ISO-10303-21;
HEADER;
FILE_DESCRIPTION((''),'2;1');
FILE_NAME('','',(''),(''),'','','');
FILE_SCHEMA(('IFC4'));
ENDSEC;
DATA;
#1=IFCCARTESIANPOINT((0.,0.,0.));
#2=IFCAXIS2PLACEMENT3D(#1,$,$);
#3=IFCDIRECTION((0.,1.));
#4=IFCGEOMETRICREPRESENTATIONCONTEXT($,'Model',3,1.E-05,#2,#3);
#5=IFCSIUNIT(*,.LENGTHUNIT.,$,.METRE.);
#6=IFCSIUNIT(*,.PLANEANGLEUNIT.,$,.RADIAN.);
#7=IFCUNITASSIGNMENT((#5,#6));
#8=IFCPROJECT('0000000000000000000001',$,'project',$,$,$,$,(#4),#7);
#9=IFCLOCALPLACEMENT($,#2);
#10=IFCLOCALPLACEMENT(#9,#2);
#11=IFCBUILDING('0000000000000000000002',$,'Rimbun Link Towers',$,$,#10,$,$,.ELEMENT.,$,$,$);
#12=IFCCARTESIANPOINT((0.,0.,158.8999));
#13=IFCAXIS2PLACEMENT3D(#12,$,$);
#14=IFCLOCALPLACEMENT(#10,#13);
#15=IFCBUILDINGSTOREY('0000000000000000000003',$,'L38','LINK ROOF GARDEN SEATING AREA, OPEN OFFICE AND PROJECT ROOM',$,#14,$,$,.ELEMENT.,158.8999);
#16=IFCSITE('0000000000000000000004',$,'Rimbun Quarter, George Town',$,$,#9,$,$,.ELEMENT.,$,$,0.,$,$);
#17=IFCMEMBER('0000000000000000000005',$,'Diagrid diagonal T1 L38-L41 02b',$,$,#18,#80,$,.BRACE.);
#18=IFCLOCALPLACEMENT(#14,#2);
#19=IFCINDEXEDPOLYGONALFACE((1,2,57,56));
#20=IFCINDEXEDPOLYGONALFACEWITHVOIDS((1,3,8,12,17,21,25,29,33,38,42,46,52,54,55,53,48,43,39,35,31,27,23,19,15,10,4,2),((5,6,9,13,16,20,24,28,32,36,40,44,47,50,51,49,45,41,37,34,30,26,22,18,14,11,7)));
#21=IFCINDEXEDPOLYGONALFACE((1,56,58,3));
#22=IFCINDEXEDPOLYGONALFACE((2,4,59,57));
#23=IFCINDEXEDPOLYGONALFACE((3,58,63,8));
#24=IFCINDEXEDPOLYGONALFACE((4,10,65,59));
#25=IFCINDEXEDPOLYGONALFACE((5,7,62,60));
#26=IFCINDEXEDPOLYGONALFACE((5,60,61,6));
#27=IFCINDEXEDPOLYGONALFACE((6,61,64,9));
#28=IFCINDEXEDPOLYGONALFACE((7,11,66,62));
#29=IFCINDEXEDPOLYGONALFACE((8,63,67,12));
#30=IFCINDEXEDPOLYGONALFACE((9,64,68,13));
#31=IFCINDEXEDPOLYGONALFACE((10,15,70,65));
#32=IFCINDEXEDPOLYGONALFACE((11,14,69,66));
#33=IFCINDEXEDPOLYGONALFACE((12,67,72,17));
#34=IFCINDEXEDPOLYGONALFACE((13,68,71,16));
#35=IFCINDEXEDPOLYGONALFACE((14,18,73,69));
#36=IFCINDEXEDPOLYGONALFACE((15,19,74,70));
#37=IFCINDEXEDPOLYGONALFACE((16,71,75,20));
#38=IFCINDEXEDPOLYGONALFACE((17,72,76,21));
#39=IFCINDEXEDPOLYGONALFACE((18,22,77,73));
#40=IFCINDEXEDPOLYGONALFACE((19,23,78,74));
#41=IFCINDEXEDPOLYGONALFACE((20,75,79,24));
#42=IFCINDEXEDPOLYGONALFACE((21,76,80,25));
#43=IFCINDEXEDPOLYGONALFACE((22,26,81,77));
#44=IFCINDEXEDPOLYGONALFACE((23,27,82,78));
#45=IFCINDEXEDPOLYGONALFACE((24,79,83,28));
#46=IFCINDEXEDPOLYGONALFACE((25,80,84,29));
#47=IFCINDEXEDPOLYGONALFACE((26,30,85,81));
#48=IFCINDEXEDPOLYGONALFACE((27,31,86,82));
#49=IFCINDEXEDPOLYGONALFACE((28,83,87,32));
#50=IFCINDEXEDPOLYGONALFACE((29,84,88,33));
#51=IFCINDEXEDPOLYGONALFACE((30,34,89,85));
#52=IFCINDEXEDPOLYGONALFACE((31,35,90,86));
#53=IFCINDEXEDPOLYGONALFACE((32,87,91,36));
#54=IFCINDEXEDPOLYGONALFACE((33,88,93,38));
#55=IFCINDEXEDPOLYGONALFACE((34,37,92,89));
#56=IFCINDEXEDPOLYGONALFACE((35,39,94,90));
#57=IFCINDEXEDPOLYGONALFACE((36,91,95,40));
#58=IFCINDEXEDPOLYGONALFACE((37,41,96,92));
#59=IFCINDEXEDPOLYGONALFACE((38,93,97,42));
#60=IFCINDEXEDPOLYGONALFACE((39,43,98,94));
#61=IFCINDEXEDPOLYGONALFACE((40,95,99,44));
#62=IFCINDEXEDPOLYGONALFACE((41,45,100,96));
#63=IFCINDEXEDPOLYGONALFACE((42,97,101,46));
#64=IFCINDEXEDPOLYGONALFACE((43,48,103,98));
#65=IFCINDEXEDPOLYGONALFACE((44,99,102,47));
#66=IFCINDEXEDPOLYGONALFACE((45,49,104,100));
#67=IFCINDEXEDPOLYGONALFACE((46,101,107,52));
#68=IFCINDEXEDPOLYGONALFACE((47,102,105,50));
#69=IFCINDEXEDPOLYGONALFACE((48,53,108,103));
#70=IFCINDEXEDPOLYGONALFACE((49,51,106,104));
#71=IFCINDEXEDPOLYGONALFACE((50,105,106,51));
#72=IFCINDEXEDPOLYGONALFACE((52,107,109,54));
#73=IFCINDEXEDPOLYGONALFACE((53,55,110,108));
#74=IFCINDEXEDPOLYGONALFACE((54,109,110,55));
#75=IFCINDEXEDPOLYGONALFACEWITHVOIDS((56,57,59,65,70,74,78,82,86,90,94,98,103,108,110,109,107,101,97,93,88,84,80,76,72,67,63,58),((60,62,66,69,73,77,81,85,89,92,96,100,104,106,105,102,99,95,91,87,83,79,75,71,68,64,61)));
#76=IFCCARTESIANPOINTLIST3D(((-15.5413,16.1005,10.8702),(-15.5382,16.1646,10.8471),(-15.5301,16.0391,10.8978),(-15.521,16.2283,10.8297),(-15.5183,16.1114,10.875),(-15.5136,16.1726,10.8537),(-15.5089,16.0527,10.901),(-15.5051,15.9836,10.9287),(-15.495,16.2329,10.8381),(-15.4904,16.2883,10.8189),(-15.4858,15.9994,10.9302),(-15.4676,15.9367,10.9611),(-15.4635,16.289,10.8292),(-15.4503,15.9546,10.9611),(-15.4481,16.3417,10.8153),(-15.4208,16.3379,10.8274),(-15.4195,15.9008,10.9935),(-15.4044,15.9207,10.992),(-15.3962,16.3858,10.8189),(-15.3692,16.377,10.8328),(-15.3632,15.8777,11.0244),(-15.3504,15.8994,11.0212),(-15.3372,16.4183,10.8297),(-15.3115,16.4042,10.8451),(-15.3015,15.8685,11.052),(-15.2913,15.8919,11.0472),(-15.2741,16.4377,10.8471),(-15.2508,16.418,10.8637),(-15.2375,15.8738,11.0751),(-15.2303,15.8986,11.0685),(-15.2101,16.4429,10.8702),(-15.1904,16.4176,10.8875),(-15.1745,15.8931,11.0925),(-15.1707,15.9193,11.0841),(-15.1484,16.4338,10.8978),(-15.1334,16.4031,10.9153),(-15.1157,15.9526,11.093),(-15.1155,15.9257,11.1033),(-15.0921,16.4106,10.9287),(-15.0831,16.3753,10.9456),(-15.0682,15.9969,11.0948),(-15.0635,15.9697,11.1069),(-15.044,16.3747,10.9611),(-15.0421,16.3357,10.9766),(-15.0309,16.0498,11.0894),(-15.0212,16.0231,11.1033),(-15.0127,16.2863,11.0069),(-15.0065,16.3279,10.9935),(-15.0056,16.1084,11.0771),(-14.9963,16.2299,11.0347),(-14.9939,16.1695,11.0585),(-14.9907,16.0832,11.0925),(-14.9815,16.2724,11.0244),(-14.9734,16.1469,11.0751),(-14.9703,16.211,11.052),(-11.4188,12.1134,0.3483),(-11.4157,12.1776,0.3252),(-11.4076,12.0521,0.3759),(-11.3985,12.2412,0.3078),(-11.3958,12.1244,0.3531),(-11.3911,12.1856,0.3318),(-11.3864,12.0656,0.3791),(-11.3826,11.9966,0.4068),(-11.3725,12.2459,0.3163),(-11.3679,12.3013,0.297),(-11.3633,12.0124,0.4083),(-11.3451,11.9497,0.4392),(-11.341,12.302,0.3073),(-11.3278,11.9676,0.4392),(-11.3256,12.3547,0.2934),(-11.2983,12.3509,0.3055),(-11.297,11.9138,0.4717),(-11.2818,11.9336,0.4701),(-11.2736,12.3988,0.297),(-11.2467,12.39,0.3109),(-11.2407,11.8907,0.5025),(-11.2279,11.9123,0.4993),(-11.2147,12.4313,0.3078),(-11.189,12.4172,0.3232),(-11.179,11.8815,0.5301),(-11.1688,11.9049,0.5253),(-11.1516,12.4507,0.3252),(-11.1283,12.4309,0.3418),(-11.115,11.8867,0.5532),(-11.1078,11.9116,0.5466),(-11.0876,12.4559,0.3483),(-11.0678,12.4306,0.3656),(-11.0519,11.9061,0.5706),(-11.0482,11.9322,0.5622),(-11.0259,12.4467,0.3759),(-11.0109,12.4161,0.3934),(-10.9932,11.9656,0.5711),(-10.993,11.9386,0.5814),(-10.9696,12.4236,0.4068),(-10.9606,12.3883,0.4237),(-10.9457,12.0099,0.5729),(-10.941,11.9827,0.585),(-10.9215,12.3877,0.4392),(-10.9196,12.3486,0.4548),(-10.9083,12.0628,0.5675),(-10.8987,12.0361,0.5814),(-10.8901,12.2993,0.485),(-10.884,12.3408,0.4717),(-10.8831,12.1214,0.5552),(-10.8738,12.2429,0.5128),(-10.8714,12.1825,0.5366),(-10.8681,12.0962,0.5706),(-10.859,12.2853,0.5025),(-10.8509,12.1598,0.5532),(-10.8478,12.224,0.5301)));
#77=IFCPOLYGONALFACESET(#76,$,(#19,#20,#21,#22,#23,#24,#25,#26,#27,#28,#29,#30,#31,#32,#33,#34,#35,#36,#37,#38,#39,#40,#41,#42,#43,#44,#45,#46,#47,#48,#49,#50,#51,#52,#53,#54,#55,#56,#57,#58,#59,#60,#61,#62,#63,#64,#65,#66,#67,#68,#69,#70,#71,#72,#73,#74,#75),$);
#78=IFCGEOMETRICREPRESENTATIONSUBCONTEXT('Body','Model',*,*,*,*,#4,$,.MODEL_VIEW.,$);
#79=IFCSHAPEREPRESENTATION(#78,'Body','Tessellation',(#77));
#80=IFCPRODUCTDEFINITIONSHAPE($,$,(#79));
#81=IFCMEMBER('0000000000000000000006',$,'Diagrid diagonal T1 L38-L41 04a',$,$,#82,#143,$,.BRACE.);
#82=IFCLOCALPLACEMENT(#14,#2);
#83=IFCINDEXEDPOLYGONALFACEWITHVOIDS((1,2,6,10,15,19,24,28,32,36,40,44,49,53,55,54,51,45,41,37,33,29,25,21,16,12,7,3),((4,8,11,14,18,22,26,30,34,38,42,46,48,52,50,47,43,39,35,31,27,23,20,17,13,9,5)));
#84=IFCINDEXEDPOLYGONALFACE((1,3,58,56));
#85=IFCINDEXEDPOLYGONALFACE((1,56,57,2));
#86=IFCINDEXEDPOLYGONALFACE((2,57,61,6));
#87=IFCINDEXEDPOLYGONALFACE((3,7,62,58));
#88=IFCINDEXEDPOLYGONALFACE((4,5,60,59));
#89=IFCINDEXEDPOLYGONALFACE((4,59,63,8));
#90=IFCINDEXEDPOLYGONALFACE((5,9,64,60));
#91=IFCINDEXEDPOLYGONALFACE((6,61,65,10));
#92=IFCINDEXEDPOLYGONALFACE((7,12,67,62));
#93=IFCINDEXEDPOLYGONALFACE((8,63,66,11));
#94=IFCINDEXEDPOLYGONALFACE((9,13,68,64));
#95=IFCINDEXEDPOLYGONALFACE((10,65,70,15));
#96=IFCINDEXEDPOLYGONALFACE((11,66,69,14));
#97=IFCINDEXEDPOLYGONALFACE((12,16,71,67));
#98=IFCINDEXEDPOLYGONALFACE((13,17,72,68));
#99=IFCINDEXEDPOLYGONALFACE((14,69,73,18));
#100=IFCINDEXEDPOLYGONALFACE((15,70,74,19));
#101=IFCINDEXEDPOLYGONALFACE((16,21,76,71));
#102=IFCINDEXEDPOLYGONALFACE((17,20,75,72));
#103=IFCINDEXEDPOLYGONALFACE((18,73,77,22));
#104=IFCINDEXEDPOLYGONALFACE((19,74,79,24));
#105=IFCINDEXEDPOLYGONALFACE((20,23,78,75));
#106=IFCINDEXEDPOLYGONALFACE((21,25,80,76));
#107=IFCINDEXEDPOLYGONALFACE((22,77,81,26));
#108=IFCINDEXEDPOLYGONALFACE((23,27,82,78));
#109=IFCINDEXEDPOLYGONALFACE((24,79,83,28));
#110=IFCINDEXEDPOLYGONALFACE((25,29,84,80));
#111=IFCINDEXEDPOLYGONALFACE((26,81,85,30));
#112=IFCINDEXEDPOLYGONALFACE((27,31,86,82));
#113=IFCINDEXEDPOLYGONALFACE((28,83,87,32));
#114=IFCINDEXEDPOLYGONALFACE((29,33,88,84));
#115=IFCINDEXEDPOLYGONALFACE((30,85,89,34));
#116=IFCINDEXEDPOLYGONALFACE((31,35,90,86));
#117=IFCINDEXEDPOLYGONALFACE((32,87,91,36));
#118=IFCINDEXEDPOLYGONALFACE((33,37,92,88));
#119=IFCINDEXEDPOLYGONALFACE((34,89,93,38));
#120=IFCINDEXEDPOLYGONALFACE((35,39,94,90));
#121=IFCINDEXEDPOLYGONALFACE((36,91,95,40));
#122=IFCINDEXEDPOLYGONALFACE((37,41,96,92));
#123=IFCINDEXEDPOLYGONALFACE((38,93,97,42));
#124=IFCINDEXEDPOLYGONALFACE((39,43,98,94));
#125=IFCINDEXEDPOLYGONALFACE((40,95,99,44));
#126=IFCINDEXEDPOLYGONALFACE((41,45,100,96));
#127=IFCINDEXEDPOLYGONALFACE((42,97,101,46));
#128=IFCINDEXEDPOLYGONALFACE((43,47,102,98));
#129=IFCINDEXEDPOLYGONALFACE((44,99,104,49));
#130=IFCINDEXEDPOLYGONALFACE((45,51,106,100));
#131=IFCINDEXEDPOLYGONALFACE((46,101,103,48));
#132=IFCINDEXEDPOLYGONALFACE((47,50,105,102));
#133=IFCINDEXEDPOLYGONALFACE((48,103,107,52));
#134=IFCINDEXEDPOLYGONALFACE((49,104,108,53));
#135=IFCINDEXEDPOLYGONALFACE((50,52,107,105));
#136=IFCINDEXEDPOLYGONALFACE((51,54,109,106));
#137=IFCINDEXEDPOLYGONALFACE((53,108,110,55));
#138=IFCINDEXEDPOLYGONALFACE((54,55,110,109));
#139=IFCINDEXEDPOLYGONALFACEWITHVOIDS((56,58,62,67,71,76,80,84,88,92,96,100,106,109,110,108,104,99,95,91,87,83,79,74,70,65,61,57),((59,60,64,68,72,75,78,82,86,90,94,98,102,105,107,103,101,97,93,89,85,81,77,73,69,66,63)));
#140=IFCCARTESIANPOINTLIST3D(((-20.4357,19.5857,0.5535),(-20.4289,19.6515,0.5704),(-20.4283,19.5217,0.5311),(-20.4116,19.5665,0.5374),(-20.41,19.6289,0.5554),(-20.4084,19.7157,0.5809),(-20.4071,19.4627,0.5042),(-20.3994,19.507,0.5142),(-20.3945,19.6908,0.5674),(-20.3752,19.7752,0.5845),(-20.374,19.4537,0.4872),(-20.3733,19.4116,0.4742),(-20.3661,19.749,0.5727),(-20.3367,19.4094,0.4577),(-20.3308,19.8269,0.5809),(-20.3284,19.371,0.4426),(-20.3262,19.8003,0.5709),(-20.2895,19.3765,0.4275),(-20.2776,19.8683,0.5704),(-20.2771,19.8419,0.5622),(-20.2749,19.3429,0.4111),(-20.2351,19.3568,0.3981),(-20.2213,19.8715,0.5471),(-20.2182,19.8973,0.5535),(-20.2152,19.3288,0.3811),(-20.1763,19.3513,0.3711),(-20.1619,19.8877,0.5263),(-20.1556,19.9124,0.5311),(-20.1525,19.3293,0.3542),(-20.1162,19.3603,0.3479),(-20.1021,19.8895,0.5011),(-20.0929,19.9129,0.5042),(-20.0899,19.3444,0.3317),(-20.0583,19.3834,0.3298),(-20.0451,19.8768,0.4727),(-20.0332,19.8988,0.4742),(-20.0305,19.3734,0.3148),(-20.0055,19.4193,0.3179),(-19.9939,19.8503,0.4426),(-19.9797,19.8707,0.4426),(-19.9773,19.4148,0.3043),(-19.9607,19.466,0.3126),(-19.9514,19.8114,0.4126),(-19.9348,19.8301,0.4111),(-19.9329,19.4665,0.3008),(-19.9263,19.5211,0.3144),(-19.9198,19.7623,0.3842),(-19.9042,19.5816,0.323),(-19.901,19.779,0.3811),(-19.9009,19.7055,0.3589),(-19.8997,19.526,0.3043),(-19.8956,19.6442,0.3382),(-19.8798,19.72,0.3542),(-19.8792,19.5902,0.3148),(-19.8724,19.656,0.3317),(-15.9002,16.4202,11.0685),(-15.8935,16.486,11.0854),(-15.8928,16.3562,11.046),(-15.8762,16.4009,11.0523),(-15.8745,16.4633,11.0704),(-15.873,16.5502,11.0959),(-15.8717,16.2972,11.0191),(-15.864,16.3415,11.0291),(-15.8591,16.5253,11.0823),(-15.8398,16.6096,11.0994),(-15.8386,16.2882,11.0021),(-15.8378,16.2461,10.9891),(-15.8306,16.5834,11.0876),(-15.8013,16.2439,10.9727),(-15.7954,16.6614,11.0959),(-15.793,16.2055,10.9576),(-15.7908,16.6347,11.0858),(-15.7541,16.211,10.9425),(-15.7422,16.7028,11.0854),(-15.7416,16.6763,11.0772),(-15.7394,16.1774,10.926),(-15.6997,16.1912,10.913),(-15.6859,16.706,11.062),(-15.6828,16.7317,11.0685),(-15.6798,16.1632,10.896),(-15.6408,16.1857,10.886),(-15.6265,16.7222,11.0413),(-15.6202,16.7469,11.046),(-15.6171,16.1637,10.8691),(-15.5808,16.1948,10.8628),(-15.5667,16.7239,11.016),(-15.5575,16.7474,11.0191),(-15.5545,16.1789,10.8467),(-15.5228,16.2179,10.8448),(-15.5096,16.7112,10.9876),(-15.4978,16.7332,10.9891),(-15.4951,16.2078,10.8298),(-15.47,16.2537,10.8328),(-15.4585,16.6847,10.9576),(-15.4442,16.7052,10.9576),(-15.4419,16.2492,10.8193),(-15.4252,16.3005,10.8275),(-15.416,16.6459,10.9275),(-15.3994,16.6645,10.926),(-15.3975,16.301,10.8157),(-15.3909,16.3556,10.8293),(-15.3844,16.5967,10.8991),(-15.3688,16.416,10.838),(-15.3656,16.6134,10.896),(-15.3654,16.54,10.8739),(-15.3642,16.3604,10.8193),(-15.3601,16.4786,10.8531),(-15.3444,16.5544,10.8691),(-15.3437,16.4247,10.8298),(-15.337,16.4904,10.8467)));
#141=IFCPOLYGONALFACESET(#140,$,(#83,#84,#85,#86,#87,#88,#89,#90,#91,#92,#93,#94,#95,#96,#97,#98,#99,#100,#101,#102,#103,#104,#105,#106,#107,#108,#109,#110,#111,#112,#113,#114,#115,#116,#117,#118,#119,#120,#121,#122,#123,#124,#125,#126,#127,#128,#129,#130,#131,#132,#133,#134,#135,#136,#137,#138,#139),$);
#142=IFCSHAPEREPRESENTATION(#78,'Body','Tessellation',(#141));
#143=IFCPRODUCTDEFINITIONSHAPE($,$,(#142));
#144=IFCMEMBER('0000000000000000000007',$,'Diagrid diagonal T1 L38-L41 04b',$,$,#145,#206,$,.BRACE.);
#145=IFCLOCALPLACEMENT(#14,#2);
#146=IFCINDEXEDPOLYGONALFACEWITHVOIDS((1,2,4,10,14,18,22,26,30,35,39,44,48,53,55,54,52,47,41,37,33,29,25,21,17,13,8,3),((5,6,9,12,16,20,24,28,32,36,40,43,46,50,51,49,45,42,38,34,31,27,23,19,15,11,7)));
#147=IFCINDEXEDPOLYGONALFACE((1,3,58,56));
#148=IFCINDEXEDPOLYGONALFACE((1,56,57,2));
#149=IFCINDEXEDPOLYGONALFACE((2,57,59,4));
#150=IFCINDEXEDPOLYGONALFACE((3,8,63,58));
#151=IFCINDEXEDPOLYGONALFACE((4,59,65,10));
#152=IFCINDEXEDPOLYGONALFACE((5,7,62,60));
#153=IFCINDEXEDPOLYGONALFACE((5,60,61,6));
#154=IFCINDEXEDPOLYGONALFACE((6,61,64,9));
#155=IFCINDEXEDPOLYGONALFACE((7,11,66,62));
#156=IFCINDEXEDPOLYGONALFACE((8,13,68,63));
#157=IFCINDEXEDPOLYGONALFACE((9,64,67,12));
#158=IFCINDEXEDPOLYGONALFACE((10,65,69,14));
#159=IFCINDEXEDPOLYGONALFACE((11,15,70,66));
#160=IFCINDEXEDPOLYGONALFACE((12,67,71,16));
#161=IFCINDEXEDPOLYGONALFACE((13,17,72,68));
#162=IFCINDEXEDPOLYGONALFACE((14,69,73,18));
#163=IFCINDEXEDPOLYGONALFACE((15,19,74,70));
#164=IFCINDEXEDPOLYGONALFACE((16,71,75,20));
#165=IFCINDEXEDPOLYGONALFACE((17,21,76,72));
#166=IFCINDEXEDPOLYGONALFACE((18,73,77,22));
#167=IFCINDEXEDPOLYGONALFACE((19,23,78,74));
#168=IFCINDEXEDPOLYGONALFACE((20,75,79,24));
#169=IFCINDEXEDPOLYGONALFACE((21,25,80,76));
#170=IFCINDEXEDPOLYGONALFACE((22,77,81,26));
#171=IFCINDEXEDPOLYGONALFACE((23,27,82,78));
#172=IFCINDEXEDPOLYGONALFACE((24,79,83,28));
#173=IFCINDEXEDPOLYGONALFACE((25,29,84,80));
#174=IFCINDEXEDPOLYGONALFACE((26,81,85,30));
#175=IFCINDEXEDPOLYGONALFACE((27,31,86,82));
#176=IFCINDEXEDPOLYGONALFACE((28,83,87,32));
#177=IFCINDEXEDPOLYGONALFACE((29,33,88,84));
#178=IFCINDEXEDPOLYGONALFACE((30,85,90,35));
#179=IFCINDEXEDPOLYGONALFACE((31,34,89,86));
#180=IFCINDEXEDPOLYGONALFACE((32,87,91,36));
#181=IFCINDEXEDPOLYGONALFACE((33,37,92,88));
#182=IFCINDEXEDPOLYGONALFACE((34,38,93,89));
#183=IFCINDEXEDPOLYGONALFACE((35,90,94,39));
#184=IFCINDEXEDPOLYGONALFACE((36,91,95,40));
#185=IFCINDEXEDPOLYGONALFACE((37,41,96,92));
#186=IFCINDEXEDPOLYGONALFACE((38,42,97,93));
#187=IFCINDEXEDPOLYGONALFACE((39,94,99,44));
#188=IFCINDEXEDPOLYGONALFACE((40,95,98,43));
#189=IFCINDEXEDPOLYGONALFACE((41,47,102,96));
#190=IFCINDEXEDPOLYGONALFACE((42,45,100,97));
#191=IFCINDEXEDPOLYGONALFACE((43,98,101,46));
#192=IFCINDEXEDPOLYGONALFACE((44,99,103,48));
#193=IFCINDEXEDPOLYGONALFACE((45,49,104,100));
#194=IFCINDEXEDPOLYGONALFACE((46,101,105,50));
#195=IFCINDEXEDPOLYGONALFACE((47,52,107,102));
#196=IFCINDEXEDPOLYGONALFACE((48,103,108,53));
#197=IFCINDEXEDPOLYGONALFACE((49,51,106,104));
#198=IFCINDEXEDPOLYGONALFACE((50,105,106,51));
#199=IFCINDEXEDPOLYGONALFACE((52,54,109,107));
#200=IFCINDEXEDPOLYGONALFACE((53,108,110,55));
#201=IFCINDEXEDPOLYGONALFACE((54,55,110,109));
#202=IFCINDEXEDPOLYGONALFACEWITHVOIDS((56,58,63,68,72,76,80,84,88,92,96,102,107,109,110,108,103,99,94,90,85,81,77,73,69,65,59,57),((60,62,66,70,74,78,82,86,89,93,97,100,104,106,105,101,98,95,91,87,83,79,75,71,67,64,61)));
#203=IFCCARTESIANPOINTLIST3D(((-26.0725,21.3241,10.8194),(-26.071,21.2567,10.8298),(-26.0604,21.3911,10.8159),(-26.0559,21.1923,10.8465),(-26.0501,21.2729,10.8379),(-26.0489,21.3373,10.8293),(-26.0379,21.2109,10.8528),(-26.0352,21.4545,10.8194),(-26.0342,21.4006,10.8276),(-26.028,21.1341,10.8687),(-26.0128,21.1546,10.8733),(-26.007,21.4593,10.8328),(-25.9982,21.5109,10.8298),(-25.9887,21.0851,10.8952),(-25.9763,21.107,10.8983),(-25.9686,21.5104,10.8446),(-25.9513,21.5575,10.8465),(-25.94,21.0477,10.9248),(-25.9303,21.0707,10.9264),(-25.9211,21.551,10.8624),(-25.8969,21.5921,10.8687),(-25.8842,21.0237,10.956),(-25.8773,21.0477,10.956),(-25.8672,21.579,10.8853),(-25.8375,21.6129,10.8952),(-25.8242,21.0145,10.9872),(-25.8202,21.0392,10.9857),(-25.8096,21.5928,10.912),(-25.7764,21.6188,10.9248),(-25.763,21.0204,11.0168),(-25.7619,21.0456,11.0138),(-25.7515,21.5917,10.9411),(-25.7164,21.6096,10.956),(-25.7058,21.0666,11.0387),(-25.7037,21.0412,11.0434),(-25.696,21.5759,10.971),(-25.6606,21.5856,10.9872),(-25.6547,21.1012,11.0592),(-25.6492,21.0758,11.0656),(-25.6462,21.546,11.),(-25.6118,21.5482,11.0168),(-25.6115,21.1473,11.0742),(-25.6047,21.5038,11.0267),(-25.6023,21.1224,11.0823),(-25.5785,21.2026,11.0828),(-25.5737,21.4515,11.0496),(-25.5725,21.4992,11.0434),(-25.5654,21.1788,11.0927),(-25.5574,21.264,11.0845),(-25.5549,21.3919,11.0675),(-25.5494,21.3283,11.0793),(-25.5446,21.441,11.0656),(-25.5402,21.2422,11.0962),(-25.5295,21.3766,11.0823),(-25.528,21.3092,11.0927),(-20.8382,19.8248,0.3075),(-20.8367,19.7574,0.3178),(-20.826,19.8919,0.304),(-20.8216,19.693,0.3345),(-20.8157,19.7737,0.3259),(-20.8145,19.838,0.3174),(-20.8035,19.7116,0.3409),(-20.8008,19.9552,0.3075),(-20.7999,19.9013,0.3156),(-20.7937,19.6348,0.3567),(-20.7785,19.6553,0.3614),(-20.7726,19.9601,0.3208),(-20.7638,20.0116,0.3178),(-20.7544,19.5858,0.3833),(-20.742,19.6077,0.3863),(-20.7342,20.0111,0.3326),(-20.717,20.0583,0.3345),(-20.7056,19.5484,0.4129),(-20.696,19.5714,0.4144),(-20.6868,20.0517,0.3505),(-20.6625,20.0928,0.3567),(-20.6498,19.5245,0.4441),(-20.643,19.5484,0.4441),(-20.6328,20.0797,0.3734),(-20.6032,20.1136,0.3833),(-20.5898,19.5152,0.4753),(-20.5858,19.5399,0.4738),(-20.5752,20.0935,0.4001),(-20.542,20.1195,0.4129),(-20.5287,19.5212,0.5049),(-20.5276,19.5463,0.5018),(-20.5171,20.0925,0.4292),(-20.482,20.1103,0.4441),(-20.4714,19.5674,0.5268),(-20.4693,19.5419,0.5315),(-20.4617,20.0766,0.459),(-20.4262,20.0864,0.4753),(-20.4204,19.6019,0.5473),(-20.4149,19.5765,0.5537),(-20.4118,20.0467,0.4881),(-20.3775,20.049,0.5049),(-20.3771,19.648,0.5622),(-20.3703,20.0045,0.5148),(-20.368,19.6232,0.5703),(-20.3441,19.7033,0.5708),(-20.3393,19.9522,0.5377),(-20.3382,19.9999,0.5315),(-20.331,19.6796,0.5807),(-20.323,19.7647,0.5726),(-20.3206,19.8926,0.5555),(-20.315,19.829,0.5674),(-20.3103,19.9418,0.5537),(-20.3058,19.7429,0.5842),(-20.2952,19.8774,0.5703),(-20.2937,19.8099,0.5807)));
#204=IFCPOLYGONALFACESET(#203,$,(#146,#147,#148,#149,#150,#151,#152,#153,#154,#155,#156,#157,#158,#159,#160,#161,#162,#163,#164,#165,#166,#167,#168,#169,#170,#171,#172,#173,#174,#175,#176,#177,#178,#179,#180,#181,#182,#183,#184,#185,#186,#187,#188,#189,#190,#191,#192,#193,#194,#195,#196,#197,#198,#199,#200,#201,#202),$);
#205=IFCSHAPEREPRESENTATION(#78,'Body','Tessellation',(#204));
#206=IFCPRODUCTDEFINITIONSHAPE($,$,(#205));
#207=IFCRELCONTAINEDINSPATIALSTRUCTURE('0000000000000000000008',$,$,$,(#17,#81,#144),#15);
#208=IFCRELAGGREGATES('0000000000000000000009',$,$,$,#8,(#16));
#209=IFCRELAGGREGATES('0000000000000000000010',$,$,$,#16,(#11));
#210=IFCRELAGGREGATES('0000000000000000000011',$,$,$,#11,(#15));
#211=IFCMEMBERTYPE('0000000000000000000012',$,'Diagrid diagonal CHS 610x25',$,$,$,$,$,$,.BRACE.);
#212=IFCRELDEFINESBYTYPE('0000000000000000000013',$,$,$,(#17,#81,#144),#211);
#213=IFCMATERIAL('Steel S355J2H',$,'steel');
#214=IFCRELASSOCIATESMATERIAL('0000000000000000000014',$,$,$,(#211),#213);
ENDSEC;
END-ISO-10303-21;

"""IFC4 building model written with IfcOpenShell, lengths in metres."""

from ifc_helpers import new_model, si_unit, direction, frame, origin, origin_2d, place, context, subcontext, project, spatial, hollow_circle, extrude, material, material_profile, profile_set, type_object, element, save


model = new_model("IFC4")

# Units and contexts
model_context = context("Model", 3, precision=1e-05, world=origin(), true_north=direction((0.0, 1.0)))
body_context = subcontext(model_context, "Body", "Model", "MODEL_VIEW")
ifc_project = project(units=[si_unit("LENGTHUNIT", "METRE"), si_unit("PLANEANGLEUNIT", "RADIAN")], contexts=[model_context])

# Site, building, storey
site_placement = place(None, origin())
site = spatial("IfcSite", under=ifc_project, at=site_placement, Name="Rimbun Quarter, George Town", CompositionType="ELEMENT", RefElevation=0.0)
building_placement = place(site_placement, origin())
building = spatial("IfcBuilding", under=site, at=building_placement, Name="Rimbun Link Towers", CompositionType="ELEMENT")
storey_placement = place(building_placement, frame((0.0, 0.0, 158.8999)))
storey = spatial("IfcBuildingStorey", under=building, at=storey_placement, Name="L38", Description="LINK ROOF GARDEN SEATING AREA, OPEN OFFICE AND PROJECT ROOM", CompositionType="ELEMENT", Elevation=158.8999)

# Members
ifc_material_1 = material(Name="Steel S355J2H", Category="steel")
ifc_material_profile_1 = material_profile(ifc_material_1, hollow_circle(Radius=0.3047, WallThickness=0.0249, at=origin_2d()), Name="Diagrid diagonal CHS 610x25")
ifc_profile_set_1 = profile_set([ifc_material_profile_1], Name="Steel S355J2H")
member_type_1 = type_object("IfcMemberType", Name="Diagrid diagonal CHS 610x25", PredefinedType="BRACE", material=ifc_profile_set_1)
member_1_placement = place(storey_placement, frame((-11.1333, 12.1687, 0.4392), z_axis=(-0.34402, 0.332713, 0.878039), x_axis=(-0.695195, -0.718821, 0.0)))
element("IfcMember", 1, at=member_1_placement, inside=storey, type_object=member_type_1, Name="Diagrid diagonal T1 L38-L41 02b", PredefinedType="BRACE", context=body_context, shape_type="SweptSolid", body=[
    extrude(hollow_circle(Radius=0.3047, WallThickness=0.0249, at=origin_2d()), origin(), (0.0, 0.0, 1.0), 11.9834),
])
member_2_placement = place(storey_placement, frame((-20.1541, 19.6208, 0.4426), z_axis=(0.381742, -0.266441, 0.885032), x_axis=(0.572339, 0.820017, 0.0)))
element("IfcMember", 2, at=member_2_placement, inside=storey, type_object=member_type_1, Name="Diagrid diagonal T1 L38-L41 04a", PredefinedType="BRACE", context=body_context, shape_type="SweptSolid", body=[
    extrude(hollow_circle(Radius=0.3047, WallThickness=0.0249, at=origin_2d()), origin(), (0.0, 0.0, 1.0), 11.8809),
])
member_3_placement = place(storey_placement, frame((-20.5659, 19.8174, 0.4441), z_axis=(-0.442152, 0.126644, 0.887954), x_axis=(-0.275355, -0.961343, 0.0)))
element("IfcMember", 3, at=member_3_placement, inside=storey, type_object=member_type_1, Name="Diagrid diagonal T1 L38-L41 04b", PredefinedType="BRACE", context=body_context, shape_type="SweptSolid", body=[
    extrude(hollow_circle(Radius=0.3047, WallThickness=0.0249, at=origin_2d()), origin(), (0.0, 0.0, 1.0), 11.8384),
])

save(model, "model.ifc")
